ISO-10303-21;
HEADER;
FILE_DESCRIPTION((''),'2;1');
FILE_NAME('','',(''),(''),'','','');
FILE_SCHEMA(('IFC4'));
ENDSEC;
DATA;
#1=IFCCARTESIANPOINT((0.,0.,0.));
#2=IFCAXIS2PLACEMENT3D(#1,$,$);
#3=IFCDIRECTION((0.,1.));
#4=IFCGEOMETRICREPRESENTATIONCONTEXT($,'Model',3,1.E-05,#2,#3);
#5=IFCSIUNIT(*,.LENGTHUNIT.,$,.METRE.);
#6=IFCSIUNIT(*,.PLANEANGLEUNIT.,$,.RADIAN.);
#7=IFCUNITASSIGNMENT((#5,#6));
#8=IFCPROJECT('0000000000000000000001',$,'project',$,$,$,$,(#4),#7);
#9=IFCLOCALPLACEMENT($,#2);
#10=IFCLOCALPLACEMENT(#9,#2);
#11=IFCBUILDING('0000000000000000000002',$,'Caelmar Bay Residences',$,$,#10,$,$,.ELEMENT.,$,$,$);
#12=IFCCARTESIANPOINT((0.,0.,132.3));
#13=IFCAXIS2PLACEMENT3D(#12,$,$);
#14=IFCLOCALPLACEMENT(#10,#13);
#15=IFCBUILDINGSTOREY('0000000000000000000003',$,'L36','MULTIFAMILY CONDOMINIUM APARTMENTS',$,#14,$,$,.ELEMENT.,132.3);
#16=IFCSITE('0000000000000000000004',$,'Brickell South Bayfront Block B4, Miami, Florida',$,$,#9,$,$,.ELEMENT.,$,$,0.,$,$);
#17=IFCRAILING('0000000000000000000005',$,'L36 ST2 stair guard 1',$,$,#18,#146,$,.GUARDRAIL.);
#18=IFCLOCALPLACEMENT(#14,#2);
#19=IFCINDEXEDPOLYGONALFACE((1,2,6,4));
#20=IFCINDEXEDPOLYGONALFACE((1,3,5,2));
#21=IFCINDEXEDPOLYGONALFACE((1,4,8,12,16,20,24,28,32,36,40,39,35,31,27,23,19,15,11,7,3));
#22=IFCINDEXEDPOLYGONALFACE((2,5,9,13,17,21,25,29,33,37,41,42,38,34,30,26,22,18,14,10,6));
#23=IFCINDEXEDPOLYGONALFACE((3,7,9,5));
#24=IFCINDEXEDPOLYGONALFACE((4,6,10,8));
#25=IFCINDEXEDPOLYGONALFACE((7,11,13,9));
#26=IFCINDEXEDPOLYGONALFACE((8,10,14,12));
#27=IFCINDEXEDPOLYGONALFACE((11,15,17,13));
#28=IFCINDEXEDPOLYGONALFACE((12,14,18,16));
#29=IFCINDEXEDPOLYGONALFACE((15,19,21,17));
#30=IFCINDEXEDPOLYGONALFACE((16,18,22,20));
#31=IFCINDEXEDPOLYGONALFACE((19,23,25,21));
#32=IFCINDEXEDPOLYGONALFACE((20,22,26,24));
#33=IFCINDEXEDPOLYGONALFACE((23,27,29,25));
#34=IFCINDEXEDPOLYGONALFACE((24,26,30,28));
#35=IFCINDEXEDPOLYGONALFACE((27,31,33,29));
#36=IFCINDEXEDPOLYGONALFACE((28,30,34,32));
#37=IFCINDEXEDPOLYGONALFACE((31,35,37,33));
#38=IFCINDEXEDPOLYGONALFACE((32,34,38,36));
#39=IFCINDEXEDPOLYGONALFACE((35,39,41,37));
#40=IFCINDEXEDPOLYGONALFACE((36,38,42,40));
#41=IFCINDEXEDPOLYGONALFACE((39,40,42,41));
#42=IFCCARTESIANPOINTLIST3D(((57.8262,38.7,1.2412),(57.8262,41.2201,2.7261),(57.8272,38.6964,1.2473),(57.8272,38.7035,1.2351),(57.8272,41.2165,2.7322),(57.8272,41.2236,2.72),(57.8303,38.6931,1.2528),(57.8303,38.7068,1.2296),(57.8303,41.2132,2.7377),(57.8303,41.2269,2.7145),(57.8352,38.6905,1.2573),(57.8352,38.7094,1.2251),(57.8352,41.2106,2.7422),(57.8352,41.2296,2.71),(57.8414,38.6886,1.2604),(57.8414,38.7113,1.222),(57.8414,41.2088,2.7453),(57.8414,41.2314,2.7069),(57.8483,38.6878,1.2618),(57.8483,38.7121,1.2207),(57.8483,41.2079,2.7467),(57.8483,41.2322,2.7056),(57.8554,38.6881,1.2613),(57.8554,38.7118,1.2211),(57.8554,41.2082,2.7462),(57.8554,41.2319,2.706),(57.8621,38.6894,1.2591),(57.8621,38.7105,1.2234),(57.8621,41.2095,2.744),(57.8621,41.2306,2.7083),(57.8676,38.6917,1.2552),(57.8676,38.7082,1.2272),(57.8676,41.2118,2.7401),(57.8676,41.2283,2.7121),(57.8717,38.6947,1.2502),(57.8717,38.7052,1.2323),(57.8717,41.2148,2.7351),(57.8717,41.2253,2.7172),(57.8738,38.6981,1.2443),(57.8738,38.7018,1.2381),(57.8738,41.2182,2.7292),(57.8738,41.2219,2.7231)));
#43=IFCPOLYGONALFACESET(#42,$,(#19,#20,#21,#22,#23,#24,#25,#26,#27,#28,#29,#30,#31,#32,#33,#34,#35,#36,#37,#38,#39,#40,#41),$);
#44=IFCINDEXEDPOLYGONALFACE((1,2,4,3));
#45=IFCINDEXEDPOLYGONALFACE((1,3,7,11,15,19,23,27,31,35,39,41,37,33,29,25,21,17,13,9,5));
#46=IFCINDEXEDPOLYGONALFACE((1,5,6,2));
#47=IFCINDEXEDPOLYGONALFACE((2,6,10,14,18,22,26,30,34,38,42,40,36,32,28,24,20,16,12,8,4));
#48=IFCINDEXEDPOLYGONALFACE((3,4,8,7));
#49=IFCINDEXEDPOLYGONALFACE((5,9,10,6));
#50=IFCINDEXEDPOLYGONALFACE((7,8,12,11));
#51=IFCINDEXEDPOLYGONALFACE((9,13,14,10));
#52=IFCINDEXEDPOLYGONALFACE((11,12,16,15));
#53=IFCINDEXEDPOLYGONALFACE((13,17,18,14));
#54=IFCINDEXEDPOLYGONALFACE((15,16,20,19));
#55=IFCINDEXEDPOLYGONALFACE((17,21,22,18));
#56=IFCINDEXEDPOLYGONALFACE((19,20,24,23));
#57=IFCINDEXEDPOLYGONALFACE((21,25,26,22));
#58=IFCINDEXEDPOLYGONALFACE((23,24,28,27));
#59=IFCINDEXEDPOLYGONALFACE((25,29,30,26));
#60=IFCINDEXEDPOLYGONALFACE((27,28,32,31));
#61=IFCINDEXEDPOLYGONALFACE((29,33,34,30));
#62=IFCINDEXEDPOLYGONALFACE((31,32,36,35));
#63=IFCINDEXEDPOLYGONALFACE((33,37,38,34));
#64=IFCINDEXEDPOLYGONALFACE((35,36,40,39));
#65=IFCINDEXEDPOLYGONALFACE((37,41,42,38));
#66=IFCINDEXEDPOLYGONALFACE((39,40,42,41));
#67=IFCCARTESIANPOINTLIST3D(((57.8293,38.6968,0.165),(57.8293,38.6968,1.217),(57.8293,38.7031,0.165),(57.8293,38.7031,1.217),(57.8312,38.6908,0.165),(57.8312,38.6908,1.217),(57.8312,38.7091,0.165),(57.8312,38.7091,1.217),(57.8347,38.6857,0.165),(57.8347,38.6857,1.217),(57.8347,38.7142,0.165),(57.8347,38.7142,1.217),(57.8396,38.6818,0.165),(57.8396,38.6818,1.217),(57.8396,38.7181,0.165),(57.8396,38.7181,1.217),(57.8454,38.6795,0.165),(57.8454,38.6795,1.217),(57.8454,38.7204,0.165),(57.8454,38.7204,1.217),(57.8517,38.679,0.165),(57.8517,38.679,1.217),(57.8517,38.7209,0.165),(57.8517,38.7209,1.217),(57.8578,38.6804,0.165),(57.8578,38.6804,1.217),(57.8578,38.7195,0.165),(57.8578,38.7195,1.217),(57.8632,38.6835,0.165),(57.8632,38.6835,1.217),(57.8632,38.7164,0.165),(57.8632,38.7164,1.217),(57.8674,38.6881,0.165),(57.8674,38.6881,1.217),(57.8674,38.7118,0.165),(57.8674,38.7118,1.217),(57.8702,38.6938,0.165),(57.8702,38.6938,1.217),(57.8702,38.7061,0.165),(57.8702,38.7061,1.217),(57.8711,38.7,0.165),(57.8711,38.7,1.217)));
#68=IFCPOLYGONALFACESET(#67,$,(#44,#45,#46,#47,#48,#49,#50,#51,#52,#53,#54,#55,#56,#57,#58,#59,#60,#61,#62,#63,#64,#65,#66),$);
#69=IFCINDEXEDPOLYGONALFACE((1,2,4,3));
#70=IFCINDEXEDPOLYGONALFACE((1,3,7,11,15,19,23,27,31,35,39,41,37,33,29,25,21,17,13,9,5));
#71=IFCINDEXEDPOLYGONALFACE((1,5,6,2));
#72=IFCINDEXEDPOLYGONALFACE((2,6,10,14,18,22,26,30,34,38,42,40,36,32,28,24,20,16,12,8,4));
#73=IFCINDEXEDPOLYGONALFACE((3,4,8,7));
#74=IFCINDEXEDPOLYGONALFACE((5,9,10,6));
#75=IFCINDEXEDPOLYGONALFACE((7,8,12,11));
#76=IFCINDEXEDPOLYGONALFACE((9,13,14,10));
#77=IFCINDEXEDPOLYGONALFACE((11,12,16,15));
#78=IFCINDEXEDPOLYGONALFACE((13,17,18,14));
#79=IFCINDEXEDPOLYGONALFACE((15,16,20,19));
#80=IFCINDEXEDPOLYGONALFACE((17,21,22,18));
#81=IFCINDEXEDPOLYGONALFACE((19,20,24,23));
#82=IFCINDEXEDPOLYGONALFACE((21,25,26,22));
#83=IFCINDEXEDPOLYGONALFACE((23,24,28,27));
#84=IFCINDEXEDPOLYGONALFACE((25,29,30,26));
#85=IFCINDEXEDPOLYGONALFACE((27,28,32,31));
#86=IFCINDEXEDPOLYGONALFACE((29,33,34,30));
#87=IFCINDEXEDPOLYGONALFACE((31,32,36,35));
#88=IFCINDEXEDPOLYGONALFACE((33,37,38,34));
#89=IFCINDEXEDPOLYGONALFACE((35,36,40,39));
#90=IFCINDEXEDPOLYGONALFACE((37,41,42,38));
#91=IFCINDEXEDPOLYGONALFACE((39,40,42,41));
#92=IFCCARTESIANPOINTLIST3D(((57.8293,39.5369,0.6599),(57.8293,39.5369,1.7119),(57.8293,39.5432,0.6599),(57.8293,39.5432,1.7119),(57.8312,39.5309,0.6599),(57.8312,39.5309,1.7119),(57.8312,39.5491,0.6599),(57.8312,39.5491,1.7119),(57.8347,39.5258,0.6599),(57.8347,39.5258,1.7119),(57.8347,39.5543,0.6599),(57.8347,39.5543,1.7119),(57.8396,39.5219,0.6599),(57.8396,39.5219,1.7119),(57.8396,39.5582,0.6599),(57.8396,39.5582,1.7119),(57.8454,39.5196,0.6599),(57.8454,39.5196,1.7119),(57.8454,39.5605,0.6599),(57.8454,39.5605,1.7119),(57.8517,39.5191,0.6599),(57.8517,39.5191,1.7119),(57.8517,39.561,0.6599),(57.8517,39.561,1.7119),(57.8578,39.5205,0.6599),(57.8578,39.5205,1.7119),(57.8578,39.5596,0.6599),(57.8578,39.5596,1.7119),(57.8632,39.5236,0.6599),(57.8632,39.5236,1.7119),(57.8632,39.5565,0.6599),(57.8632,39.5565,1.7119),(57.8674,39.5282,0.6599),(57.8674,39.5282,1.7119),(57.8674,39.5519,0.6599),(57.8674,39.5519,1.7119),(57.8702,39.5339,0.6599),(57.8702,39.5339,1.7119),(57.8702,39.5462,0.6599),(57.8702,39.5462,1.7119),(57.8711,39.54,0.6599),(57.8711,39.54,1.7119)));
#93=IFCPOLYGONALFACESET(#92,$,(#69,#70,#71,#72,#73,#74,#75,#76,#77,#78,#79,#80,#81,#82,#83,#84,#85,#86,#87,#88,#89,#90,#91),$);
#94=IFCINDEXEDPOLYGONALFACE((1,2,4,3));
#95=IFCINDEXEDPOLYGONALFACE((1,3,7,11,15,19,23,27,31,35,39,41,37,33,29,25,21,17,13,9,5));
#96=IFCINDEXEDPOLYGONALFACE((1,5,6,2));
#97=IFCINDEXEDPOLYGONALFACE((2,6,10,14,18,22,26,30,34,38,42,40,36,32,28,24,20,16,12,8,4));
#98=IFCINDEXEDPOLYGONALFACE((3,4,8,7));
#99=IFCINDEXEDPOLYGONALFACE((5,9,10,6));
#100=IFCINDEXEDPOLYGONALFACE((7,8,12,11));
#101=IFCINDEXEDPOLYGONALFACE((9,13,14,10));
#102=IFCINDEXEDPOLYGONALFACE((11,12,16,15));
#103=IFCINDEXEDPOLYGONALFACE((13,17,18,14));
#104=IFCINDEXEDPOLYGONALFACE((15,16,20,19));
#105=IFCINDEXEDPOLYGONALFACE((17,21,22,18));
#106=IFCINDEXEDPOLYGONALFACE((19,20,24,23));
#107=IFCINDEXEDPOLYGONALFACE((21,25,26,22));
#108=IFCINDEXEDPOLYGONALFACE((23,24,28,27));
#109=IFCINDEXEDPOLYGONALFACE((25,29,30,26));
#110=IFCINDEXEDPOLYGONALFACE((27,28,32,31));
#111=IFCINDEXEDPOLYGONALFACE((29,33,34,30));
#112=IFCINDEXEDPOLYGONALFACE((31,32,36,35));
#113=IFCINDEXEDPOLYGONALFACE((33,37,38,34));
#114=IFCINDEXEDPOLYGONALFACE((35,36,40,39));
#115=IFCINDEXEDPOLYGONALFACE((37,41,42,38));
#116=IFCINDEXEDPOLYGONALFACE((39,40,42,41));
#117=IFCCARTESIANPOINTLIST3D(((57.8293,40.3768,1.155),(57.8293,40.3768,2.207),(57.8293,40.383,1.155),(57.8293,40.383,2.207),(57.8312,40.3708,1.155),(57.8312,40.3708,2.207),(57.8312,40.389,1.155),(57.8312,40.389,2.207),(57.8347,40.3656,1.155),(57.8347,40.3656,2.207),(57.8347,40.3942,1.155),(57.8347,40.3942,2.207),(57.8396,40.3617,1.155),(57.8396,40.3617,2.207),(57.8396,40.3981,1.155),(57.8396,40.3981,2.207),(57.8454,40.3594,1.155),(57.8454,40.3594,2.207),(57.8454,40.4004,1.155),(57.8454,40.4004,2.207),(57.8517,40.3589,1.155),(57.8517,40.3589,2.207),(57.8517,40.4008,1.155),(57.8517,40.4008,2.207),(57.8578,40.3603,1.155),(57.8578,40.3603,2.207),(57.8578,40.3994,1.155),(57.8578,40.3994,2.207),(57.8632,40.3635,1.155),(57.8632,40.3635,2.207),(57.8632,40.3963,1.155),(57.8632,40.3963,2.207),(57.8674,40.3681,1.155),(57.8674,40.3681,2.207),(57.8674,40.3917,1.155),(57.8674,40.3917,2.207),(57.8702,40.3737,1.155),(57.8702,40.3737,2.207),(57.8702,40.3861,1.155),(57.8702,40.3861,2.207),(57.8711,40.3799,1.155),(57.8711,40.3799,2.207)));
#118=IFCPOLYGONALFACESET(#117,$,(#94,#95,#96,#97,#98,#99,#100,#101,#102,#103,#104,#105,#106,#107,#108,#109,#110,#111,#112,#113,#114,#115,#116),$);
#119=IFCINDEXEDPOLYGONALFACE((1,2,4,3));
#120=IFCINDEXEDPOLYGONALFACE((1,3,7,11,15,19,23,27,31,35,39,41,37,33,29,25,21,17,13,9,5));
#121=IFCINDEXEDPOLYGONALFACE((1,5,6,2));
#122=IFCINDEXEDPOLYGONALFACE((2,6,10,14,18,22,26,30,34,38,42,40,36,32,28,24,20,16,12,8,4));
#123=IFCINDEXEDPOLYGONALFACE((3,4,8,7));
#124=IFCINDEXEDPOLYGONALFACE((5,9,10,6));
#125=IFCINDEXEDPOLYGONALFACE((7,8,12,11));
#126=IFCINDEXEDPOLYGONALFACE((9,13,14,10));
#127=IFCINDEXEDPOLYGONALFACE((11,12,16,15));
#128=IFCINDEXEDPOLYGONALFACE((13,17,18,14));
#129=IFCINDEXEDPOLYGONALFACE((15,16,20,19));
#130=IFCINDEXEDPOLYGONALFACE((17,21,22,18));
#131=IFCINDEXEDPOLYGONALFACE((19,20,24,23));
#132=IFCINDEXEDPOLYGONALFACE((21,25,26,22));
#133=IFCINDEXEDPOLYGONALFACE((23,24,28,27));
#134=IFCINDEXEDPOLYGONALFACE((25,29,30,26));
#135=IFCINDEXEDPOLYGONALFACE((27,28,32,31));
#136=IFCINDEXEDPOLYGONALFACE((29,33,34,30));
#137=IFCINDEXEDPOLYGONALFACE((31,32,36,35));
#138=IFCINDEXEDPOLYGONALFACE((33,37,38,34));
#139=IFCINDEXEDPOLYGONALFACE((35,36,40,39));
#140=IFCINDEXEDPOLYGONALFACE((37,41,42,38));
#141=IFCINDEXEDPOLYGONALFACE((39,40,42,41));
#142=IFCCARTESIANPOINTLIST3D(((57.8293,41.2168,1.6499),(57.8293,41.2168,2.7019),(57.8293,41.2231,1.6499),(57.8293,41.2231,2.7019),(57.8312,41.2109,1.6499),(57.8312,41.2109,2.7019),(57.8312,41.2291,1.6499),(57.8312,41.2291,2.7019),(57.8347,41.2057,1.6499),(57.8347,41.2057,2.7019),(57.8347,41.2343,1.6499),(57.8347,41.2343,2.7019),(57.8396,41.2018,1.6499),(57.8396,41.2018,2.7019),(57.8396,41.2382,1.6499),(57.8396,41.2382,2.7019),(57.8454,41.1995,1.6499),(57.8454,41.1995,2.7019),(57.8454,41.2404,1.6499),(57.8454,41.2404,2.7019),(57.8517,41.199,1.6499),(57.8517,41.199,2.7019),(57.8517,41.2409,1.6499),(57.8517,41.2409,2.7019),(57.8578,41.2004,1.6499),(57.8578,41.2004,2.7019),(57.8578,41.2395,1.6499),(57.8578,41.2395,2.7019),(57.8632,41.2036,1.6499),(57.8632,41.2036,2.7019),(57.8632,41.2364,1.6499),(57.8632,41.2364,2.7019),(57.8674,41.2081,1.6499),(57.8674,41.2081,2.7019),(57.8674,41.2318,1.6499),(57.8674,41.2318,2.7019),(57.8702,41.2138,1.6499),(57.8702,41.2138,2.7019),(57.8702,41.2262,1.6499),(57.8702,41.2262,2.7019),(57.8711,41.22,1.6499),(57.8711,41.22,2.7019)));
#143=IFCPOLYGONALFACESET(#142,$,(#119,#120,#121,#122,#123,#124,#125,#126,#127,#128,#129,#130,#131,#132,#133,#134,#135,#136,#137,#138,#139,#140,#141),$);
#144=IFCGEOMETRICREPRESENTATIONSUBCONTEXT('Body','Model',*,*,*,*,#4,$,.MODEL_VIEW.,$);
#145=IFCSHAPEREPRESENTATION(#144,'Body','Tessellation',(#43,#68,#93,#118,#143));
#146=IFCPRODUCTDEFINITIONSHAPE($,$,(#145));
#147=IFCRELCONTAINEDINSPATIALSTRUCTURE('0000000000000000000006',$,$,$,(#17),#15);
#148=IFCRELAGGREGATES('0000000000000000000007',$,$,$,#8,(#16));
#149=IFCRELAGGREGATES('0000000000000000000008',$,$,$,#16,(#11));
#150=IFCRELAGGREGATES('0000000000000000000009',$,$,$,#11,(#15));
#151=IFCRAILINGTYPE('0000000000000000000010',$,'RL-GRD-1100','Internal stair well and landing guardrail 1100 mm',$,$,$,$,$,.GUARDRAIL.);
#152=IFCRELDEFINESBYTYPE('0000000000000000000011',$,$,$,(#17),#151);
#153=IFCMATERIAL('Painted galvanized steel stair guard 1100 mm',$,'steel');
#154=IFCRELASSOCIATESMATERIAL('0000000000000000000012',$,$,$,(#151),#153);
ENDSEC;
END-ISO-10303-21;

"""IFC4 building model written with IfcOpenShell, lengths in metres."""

from ifc_helpers import new_model, si_unit, direction, frame, origin, origin_2d, place, context, subcontext, project, spatial, circle, extrude, material, type_object, element, save


model = new_model("IFC4")

# Units and contexts
model_context = context("Model", 3, precision=1e-05, world=origin(), true_north=direction((0.0, 1.0)))
body_context = subcontext(model_context, "Body", "Model", "MODEL_VIEW")
ifc_project = project(units=[si_unit("LENGTHUNIT", "METRE"), si_unit("PLANEANGLEUNIT", "RADIAN")], contexts=[model_context])

# Site, building, storey
site_placement = place(None, origin())
site = spatial("IfcSite", under=ifc_project, at=site_placement, Name="Brickell South Bayfront Block B4, Miami, Florida", CompositionType="ELEMENT", RefElevation=0.0)
building_placement = place(site_placement, origin())
building = spatial("IfcBuilding", under=site, at=building_placement, Name="Caelmar Bay Residences", CompositionType="ELEMENT")
storey_placement = place(building_placement, frame((0.0, 0.0, 132.3)))
storey = spatial("IfcBuildingStorey", under=building, at=storey_placement, Name="L36", Description="MULTIFAMILY CONDOMINIUM APARTMENTS", CompositionType="ELEMENT", Elevation=132.3)

# Railing
ifc_material_1 = material(Name="Painted galvanized steel stair guard 1100 mm", Category="steel")
railing_type_1 = type_object("IfcRailingType", Name="RL-GRD-1100", Description="Internal stair well and landing guardrail 1100 mm", PredefinedType="GUARDRAIL", material=ifc_material_1)
railing_1_placement = place(storey_placement, frame((57.8501, 38.7, 0.165)))
element("IfcRailing", 1, at=railing_1_placement, inside=storey, type_object=railing_type_1, Name="L36 ST2 stair guard 1", PredefinedType="GUARDRAIL", context=body_context, shape_type="SweptSolid", body=[
    extrude(circle(Radius=0.0239, at=origin_2d()), frame((0.0, 0.0, 1.0762), z_axis=(0.0, 0.861561, 0.507655), x_axis=(-1.0, 0.0, 0.0)), (0.0, 0.0, 1.0), 2.925),
    extrude(circle(Radius=0.021, at=origin_2d()), origin(), (0.0, 0.0, 1.0), 1.052),
    extrude(circle(Radius=0.021, at=origin_2d()), frame((0.0, 0.8401, 0.4949)), (0.0, 0.0, 1.0), 1.052),
    extrude(circle(Radius=0.021, at=origin_2d()), frame((0.0, 1.6799, 0.99)), (0.0, 0.0, 1.0), 1.052),
    extrude(circle(Radius=0.021, at=origin_2d()), frame((0.0, 2.52, 1.4849)), (0.0, 0.0, 1.0), 1.052),
])

save(model, "model.ifc")
